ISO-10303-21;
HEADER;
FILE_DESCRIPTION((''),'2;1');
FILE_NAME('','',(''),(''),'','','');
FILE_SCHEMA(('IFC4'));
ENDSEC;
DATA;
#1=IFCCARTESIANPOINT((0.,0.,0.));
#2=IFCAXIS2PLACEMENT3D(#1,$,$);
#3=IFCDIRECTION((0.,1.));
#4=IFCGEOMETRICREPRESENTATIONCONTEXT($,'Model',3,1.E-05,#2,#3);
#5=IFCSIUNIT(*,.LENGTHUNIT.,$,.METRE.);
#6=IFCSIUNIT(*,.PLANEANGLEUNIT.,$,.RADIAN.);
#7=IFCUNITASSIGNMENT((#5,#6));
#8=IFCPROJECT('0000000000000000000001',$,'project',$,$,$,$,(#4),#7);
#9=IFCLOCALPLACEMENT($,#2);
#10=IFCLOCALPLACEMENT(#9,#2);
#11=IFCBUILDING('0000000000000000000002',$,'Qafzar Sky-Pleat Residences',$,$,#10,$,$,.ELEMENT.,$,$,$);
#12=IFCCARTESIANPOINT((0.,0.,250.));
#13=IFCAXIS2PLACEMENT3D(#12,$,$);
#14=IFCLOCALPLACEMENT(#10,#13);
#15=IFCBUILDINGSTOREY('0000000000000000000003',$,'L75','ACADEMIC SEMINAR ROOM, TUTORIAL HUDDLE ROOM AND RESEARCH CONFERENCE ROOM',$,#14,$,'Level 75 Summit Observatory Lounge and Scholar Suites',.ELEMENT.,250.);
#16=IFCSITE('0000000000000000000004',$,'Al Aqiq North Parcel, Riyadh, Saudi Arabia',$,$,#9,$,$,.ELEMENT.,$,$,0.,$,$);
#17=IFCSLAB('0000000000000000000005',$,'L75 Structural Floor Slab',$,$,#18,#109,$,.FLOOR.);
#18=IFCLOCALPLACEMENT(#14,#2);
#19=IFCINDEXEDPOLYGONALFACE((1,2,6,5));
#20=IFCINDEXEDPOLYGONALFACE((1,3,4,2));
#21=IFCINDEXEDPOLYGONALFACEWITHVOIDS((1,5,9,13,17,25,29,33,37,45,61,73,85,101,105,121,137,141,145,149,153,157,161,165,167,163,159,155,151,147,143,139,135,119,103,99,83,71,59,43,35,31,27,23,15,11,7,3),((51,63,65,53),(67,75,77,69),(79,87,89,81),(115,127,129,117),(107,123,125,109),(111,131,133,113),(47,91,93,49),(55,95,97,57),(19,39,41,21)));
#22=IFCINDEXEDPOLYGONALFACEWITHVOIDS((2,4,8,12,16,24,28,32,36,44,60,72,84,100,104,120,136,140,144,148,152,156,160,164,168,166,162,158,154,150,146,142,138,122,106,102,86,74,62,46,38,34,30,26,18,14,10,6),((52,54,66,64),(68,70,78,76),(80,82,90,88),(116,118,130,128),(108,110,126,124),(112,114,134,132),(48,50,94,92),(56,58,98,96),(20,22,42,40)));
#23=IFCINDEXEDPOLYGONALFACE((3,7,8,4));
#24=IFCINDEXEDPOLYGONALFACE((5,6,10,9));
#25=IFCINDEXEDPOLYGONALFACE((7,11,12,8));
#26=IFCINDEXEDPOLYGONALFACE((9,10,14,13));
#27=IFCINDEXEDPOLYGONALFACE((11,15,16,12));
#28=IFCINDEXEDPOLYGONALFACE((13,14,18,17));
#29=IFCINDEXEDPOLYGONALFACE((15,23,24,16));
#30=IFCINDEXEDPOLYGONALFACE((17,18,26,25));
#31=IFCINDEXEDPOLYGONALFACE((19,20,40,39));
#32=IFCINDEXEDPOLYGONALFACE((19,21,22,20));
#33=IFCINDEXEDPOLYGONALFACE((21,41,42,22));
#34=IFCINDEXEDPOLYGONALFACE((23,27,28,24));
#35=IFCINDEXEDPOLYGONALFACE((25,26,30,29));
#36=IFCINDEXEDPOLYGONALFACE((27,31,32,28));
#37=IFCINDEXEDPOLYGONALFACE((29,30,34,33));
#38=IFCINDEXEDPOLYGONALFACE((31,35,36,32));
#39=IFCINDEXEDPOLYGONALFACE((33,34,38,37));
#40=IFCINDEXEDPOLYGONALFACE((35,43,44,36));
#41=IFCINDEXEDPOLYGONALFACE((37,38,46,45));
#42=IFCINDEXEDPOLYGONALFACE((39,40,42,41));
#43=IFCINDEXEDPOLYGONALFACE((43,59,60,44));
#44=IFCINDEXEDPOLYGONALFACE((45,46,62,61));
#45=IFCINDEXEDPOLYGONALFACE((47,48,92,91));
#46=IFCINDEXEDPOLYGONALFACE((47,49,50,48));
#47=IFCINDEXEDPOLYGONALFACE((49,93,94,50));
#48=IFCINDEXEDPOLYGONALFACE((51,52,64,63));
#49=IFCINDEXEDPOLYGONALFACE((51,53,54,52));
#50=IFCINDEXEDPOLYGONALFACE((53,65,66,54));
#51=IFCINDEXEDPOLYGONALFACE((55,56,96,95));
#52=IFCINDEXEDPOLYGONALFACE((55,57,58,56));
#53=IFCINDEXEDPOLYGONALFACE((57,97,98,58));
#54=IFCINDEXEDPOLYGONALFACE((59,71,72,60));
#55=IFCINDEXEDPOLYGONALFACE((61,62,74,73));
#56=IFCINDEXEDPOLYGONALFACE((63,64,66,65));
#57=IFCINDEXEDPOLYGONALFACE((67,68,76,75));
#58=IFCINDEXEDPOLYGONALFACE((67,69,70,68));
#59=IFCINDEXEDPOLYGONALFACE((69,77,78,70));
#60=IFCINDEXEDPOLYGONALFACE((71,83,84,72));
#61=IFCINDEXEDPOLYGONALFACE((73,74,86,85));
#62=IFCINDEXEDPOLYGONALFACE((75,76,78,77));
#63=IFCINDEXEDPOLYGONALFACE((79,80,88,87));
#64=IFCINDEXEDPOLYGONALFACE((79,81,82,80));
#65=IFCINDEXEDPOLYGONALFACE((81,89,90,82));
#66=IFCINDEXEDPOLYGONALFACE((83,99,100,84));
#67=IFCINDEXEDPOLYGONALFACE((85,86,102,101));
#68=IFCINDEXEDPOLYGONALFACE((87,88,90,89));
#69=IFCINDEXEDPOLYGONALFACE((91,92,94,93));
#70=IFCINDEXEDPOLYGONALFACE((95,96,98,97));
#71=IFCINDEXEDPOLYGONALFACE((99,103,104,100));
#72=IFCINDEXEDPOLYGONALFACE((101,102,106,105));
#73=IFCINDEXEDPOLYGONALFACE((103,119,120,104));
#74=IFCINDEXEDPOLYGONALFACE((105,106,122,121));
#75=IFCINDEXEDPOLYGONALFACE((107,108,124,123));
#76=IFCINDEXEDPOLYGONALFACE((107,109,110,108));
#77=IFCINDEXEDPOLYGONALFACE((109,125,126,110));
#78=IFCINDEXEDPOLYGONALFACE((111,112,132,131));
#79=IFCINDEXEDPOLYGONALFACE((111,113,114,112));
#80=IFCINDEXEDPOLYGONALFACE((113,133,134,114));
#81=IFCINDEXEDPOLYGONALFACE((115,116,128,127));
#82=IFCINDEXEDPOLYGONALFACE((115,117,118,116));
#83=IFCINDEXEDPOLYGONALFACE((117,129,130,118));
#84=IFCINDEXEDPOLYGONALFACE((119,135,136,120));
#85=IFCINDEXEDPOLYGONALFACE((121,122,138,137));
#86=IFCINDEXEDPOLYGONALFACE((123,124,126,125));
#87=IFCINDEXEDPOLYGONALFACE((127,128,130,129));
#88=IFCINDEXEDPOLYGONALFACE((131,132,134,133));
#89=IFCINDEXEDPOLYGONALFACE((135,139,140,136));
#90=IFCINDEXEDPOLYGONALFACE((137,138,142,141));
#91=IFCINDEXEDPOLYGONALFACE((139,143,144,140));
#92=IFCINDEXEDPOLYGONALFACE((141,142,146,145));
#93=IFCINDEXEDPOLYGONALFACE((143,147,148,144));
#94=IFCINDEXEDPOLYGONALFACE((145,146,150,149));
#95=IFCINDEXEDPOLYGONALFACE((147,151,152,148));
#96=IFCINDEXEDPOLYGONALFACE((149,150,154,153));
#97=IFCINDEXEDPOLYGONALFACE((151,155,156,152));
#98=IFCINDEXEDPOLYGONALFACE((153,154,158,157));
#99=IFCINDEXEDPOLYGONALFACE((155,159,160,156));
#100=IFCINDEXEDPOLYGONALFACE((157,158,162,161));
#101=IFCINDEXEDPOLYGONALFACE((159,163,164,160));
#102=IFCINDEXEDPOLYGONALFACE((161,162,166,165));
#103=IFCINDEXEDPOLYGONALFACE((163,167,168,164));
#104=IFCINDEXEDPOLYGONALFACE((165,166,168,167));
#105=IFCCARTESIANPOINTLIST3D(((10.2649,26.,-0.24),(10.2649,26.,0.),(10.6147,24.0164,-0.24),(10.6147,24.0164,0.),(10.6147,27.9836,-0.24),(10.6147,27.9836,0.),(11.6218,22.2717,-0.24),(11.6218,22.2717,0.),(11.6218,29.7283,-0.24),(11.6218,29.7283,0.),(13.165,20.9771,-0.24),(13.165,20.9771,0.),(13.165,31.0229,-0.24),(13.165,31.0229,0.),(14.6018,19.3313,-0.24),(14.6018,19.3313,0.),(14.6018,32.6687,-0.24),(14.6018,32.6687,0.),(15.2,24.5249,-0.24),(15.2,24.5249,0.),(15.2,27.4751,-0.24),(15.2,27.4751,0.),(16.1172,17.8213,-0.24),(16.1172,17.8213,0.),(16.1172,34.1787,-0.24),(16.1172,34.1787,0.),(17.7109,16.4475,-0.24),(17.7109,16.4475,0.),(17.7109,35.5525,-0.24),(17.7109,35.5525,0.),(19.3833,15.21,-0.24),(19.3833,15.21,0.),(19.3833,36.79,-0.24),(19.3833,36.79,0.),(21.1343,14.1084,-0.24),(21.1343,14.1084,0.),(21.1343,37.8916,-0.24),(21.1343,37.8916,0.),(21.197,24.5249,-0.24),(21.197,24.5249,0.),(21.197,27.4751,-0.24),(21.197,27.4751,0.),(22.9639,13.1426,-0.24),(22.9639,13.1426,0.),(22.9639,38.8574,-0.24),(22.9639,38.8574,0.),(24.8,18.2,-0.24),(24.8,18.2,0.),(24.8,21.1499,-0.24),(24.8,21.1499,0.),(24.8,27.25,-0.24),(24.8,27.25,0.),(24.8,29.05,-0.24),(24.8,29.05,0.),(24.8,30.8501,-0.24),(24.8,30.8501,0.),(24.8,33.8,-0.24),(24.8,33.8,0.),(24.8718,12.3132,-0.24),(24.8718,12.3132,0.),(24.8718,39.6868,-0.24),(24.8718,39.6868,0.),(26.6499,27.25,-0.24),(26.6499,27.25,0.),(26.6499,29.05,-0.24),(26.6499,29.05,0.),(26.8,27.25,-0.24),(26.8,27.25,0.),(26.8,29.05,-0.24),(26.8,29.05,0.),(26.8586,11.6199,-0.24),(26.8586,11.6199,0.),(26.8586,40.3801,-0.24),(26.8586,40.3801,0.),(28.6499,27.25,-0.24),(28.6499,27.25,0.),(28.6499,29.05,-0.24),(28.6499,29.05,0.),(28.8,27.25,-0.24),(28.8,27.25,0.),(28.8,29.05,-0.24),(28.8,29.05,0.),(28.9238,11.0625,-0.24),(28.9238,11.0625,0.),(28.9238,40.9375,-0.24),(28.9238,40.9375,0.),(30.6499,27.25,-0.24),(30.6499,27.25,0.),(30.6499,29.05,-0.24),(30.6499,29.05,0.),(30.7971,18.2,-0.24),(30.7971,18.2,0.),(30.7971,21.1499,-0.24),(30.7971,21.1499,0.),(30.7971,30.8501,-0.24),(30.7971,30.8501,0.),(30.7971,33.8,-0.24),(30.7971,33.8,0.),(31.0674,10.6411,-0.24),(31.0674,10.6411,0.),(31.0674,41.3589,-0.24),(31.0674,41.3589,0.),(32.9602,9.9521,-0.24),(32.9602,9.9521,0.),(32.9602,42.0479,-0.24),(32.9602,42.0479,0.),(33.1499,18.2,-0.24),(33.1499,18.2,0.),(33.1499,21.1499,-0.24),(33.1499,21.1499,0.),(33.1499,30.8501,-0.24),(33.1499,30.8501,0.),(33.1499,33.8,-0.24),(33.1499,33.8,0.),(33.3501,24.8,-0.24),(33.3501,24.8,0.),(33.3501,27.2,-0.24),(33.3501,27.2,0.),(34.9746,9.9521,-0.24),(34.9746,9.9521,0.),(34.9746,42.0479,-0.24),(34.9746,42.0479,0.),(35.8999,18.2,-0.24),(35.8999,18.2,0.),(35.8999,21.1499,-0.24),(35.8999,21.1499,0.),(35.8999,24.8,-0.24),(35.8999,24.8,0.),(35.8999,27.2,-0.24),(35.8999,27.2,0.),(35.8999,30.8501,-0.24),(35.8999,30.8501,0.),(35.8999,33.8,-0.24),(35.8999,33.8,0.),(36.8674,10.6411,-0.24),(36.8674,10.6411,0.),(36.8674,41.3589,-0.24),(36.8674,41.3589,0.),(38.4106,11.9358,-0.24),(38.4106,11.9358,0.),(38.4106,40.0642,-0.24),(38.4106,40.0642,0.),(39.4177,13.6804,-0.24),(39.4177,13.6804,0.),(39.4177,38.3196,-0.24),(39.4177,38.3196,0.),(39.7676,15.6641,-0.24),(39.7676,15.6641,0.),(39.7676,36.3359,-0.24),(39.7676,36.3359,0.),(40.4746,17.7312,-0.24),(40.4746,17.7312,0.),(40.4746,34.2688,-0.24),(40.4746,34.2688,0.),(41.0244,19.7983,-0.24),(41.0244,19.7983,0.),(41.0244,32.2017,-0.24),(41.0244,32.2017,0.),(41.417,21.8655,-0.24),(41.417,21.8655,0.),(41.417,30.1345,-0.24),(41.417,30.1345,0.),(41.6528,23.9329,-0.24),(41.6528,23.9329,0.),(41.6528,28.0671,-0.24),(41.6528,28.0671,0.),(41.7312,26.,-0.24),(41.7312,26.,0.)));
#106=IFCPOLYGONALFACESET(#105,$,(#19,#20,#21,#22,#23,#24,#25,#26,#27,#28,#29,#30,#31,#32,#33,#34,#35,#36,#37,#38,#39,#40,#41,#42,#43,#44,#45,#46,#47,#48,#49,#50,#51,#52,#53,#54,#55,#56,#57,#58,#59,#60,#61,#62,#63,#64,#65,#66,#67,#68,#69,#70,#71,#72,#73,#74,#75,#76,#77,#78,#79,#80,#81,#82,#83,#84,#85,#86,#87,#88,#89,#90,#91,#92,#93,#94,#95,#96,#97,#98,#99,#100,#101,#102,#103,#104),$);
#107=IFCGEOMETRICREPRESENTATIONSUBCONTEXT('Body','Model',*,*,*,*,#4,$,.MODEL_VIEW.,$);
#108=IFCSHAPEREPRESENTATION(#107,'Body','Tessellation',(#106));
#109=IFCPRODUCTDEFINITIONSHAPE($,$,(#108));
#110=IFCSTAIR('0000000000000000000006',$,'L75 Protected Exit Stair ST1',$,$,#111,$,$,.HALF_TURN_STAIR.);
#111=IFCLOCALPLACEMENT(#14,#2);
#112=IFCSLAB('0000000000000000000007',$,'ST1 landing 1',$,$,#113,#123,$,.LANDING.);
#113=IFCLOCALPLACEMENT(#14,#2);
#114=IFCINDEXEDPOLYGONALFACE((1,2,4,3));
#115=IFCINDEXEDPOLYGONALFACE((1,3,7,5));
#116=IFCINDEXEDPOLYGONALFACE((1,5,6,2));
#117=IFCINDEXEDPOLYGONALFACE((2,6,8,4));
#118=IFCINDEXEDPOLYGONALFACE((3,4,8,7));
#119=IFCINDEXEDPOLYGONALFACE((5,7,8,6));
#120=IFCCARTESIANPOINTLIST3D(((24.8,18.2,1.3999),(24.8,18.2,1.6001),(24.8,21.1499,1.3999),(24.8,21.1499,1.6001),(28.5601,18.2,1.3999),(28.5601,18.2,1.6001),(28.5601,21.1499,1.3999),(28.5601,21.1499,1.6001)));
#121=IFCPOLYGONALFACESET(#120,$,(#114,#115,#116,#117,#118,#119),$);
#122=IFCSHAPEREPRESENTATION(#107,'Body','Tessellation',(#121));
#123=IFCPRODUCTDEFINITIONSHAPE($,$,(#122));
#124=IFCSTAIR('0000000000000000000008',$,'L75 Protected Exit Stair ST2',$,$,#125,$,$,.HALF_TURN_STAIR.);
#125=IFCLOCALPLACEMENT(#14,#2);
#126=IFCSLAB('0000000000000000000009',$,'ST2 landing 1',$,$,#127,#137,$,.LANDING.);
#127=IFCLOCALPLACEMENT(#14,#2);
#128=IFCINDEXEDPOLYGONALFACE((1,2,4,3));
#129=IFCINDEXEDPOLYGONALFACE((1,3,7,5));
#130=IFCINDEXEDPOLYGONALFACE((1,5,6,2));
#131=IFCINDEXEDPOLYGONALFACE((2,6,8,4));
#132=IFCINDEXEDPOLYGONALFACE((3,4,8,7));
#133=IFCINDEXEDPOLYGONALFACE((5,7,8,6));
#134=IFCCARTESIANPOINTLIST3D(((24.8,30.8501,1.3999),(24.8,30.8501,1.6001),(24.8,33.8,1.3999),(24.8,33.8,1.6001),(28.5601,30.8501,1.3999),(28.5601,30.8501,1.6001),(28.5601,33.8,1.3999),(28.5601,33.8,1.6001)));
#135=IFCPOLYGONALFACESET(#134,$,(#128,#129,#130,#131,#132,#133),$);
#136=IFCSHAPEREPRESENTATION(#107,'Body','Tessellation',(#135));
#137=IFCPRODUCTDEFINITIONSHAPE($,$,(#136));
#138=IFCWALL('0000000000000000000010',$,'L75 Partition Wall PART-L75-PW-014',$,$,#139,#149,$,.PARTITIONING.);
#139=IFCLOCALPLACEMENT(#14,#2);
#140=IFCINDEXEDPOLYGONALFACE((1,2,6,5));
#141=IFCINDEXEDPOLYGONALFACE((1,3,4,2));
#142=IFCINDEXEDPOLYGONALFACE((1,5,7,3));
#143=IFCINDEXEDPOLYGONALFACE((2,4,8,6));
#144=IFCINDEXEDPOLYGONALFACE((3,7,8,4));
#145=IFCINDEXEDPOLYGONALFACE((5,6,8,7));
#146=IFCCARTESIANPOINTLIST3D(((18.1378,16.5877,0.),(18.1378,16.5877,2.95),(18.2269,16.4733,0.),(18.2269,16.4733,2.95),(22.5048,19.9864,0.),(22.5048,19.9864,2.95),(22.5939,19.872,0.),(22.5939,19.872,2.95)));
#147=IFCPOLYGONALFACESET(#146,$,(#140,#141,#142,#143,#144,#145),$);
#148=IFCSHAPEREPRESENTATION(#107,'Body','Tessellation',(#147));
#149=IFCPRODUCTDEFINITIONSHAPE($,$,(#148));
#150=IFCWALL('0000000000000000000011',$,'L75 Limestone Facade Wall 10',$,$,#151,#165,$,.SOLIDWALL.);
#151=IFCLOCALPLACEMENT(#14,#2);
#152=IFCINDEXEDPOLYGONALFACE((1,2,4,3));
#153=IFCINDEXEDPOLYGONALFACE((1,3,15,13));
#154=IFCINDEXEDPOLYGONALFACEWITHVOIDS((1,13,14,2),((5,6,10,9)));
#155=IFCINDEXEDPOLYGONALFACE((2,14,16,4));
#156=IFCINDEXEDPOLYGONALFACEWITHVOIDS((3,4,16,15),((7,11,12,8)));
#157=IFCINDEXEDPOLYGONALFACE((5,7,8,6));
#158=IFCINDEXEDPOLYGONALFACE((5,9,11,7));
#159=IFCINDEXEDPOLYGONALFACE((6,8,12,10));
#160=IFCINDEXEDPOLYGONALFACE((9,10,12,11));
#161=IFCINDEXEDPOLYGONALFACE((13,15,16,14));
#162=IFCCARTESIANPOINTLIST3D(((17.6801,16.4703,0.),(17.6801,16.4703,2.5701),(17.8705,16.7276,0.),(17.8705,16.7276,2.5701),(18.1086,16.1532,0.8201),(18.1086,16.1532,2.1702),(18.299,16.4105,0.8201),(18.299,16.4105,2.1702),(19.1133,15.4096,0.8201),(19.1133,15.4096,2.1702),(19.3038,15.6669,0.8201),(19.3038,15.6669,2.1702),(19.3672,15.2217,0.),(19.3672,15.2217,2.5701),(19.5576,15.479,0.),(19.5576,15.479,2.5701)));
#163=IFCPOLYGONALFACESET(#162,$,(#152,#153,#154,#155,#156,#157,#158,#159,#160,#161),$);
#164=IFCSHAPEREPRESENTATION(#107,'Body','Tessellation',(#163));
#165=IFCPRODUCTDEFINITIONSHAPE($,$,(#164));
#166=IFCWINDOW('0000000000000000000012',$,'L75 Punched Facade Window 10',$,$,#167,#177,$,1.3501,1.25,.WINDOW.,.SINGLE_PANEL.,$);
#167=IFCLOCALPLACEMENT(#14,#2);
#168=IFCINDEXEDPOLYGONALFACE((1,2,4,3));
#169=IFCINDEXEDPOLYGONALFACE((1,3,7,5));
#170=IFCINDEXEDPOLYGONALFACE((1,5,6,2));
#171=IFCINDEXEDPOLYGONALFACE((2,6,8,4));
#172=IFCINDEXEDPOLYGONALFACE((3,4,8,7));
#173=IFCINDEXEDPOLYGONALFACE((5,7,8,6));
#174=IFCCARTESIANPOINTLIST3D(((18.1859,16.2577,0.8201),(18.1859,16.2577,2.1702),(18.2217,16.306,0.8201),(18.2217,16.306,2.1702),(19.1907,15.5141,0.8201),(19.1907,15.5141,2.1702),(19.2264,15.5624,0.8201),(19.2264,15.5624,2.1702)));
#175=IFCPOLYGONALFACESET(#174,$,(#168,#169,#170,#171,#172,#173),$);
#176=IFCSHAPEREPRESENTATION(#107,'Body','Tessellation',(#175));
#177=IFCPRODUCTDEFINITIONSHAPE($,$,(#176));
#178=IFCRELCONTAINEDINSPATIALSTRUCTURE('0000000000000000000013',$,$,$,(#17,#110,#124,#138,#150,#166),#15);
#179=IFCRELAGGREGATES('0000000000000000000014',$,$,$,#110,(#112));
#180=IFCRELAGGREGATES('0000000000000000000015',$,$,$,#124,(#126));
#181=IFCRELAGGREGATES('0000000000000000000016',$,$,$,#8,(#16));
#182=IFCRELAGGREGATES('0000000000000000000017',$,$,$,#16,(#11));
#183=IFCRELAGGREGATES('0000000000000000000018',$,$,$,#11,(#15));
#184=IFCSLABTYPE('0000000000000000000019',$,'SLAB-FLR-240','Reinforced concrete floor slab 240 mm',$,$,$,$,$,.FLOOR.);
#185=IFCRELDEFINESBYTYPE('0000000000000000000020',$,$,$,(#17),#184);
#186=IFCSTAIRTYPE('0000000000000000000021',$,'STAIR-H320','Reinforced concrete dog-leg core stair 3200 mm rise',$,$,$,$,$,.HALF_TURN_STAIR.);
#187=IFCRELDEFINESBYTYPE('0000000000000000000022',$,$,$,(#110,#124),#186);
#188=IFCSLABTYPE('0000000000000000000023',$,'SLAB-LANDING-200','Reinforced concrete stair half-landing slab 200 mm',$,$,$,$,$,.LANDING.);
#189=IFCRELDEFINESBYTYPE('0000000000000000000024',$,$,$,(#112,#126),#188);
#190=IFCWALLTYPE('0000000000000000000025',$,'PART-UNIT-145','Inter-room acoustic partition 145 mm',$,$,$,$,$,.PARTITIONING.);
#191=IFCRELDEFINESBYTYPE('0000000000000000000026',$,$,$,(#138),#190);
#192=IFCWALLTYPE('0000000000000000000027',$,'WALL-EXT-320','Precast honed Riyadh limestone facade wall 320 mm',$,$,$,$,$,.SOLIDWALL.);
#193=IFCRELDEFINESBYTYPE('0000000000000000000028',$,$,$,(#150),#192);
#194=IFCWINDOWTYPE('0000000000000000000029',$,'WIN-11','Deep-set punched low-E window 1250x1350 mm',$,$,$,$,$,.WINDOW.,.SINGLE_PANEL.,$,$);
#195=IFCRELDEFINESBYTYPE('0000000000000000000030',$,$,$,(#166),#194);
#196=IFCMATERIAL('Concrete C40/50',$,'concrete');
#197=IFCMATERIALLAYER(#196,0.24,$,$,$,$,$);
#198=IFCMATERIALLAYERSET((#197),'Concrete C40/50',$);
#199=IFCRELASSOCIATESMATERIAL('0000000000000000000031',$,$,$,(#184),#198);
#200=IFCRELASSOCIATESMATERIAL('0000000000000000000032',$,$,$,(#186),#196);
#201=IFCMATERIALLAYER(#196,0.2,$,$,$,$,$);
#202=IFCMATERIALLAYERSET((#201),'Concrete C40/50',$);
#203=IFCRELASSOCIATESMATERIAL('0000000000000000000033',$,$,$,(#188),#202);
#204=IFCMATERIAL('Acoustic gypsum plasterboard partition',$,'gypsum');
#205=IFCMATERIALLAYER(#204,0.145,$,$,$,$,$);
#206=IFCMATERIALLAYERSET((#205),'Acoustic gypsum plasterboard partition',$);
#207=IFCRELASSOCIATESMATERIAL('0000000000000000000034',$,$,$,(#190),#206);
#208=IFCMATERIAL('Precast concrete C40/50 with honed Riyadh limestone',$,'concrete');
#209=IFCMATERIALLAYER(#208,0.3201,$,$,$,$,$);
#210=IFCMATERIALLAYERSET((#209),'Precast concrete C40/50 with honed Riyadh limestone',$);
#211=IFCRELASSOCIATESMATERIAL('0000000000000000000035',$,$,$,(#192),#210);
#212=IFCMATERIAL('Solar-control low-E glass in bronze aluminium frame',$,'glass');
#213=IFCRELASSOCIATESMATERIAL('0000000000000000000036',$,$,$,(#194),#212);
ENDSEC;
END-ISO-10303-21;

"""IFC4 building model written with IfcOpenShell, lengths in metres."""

from ifc_helpers import new_model, si_unit, direction, frame, frame_2d, origin, place, context, subcontext, project, spatial, polyline, rectangle, outline, extrude, source, transform, mapped, material, layer, layer_set, type_object, element, fill, aggregate, save


model = new_model("IFC4")

# Units and contexts
model_context = context("Model", 3, precision=1e-05, world=origin(), true_north=direction((0.0, 1.0)))
body_context = subcontext(model_context, "Body", "Model", "MODEL_VIEW")
ifc_project = project(units=[si_unit("LENGTHUNIT", "METRE"), si_unit("PLANEANGLEUNIT", "RADIAN")], contexts=[model_context])

# Site, building, storey
site_placement = place(None, origin())
site = spatial("IfcSite", under=ifc_project, at=site_placement, Name="Al Aqiq North Parcel, Riyadh, Saudi Arabia", CompositionType="ELEMENT", RefElevation=0.0)
building_placement = place(site_placement, origin())
building = spatial("IfcBuilding", under=site, at=building_placement, Name="Qafzar Sky-Pleat Residences", CompositionType="ELEMENT")
storey_placement = place(building_placement, frame((0.0, 0.0, 250.0)))
storey = spatial("IfcBuildingStorey", under=building, at=storey_placement, Name="L75", Description="ACADEMIC SEMINAR ROOM, TUTORIAL HUDDLE ROOM AND RESEARCH CONFERENCE ROOM", LongName="Level 75 Summit Observatory Lounge and Scholar Suites", CompositionType="ELEMENT", Elevation=250.0)

# Slab
ifc_material_1 = material(Name="Concrete C40/50", Category="concrete")
ifc_layer_1 = layer(ifc_material_1, 0.24)
ifc_layer_set_1 = layer_set([ifc_layer_1], Name="Concrete C40/50")
slab_type_1 = type_object("IfcSlabType", Name="SLAB-FLR-240", Description="Reinforced concrete floor slab 240 mm", PredefinedType="FLOOR", material=ifc_layer_set_1)
slab_1_placement = place(storey_placement, frame((0.0, 0.0, -0.24)))
element("IfcSlab", 1, at=slab_1_placement, inside=storey, type_object=slab_type_1, Name="L75 Structural Floor Slab", PredefinedType="FLOOR", context=body_context, shape_type="SweptSolid", body=[
    extrude(outline(polyline([(13.165, 31.0229), (11.6218, 29.7283), (10.6147, 27.9836), (10.2649, 26.0), (10.6147, 24.0164), (11.6218, 22.2717), (13.165, 20.9771), (14.6018, 19.3313), (16.1172, 17.8213), (17.7109, 16.4475), (19.3833, 15.21), (21.1343, 14.1084), (22.9639, 13.1426), (24.8718, 12.3132), (26.8586, 11.6199), (28.9238, 11.0625), (31.0674, 10.6411), (32.9602, 9.9521), (34.9746, 9.9521), (36.8674, 10.6411), (38.4106, 11.9358), (39.4177, 13.6804), (39.7676, 15.6641), (40.4746, 17.7312), (41.0244, 19.7983), (41.417, 21.8655), (41.6528, 23.9329), (41.7312, 26.0), (41.6528, 28.0671), (41.417, 30.1345), (41.0244, 32.2017), (40.4746, 34.2688), (39.7676, 36.3359), (39.4177, 38.3196), (38.4106, 40.0642), (36.8674, 41.3589), (34.9746, 42.0479), (32.9602, 42.0479), (31.0674, 41.3589), (28.9238, 40.9375), (26.8586, 40.3801), (24.8718, 39.6868), (22.9639, 38.8574), (21.1343, 37.8916), (19.3833, 36.79), (17.7109, 35.5525), (16.1172, 34.1787), (14.6018, 32.6687), (13.165, 31.0229)]), holes=[polyline([(30.7971, 21.1499), (24.8, 21.1499), (24.8, 18.2), (30.7971, 18.2), (30.7971, 21.1499)]), polyline([(30.7971, 33.8), (24.8, 33.8), (24.8, 30.8501), (30.7971, 30.8501), (30.7971, 33.8)]), polyline([(21.197, 27.4751), (15.2, 27.4751), (15.2, 24.5249), (21.197, 24.5249), (21.197, 27.4751)]), polyline([(24.8, 27.25), (26.6499, 27.25), (26.6499, 29.05), (24.8, 29.05), (24.8, 27.25)]), polyline([(26.8, 27.25), (28.6499, 27.25), (28.6499, 29.05), (26.8, 29.05), (26.8, 27.25)]), polyline([(28.8, 27.25), (30.6499, 27.25), (30.6499, 29.05), (28.8, 29.05), (28.8, 27.25)]), polyline([(33.1499, 18.2), (35.8999, 18.2), (35.8999, 21.1499), (33.1499, 21.1499), (33.1499, 18.2)]), polyline([(33.1499, 30.8501), (35.8999, 30.8501), (35.8999, 33.8), (33.1499, 33.8), (33.1499, 30.8501)]), polyline([(33.3501, 24.8), (35.8999, 24.8), (35.8999, 27.2), (33.3501, 27.2), (33.3501, 24.8)])]), origin(), (0.0, 0.0, 1.0), 0.24),
])

# Stairs, slabs
stair_type = type_object("IfcStairType", Name="STAIR-H320", Description="Reinforced concrete dog-leg core stair 3200 mm rise", PredefinedType="HALF_TURN_STAIR", material=ifc_material_1)
stair_1_placement = place(storey_placement, origin())
stair_1 = element("IfcStair", 2, at=stair_1_placement, inside=storey, type_object=stair_type, Name="L75 Protected Exit Stair ST1", PredefinedType="HALF_TURN_STAIR")
ifc_layer_2 = layer(ifc_material_1, 0.2)
ifc_layer_set_2 = layer_set([ifc_layer_2], Name="Concrete C40/50")
slab_type_2 = type_object("IfcSlabType", Name="SLAB-LANDING-200", Description="Reinforced concrete stair half-landing slab 200 mm", PredefinedType="LANDING", material=ifc_layer_set_2)
slab_2_placement = place(storey_placement, frame((0.0, 0.0, 1.3999)))
slab_2 = element("IfcSlab", 3, at=slab_2_placement, type_object=slab_type_2, Name="ST1 landing 1", PredefinedType="LANDING", context=body_context, shape_type="SweptSolid", body=[
    extrude(outline(polyline([(28.5601, 21.1499), (24.8, 21.1499), (24.8, 18.2), (28.5601, 18.2), (28.5601, 21.1499)])), origin(), (0.0, 0.0, 1.0), 0.2002),
])
aggregate(stair_1, [slab_2])
stair_2_placement = place(storey_placement, origin())
stair_2 = element("IfcStair", 4, at=stair_2_placement, inside=storey, type_object=stair_type, Name="L75 Protected Exit Stair ST2", PredefinedType="HALF_TURN_STAIR")
slab_3_placement = place(storey_placement, frame((0.0, 0.0, 1.3999)))
slab_3 = element("IfcSlab", 5, at=slab_3_placement, type_object=slab_type_2, Name="ST2 landing 1", PredefinedType="LANDING", context=body_context, shape_type="SweptSolid", body=[
    extrude(outline(polyline([(28.5601, 33.8), (24.8, 33.8), (24.8, 30.8501), (28.5601, 30.8501), (28.5601, 33.8)])), origin(), (0.0, 0.0, 1.0), 0.2002),
])
aggregate(stair_2, [slab_3])

# Wall
ifc_material_2 = material(Name="Acoustic gypsum plasterboard partition", Category="gypsum")
ifc_layer_3 = layer(ifc_material_2, 0.145)
ifc_layer_set_3 = layer_set([ifc_layer_3], Name="Acoustic gypsum plasterboard partition")
wall_type_1 = type_object("IfcWallType", Name="PART-UNIT-145", Description="Inter-room acoustic partition 145 mm", PredefinedType="PARTITIONING", material=ifc_layer_set_3)
wall_1_placement = place(storey_placement, frame((18.1824, 16.5305, 0.0), z_axis=(0.0, 0.0, 1.0), x_axis=(0.789162, 0.614185, 0.0)))
element("IfcWall", 6, at=wall_1_placement, inside=storey, type_object=wall_type_1, Name="L75 Partition Wall PART-L75-PW-014", PredefinedType="PARTITIONING", context=body_context, shape_type="SweptSolid", body=[
    extrude(rectangle(XDim=5.5337, YDim=0.145, at=frame_2d((2.7668, 0.0))), origin(), (0.0, 0.0, 1.0), 2.95),
])

# Wall, opening, window
ifc_material_3 = material(Name="Precast concrete C40/50 with honed Riyadh limestone", Category="concrete")
ifc_layer_4 = layer(ifc_material_3, 0.3201)
ifc_layer_set_4 = layer_set([ifc_layer_4], Name="Precast concrete C40/50 with honed Riyadh limestone")
wall_type_2 = type_object("IfcWallType", Name="WALL-EXT-320", Description="Precast honed Riyadh limestone facade wall 320 mm", PredefinedType="SOLIDWALL", material=ifc_layer_set_4)
wall_2_placement = place(storey_placement, frame((17.7754, 16.5989, 0.0), z_axis=(0.0, 0.0, 1.0), x_axis=(0.803809, -0.594888, 0.0)))
wall_2 = element("IfcWall", 7, at=wall_2_placement, inside=storey, type_object=wall_type_2, Name="L75 Limestone Facade Wall 10", PredefinedType="SOLIDWALL", context=body_context, shape_type="SweptSolid", body=[
    extrude(rectangle(XDim=2.0989, YDim=0.3201, at=frame_2d((1.0493, 0.0))), origin(), (0.0, 0.0, 1.0), 2.5701),
])
opening_placement = place(wall_2_placement, frame((0.533, 0.0, 0.8201)))
opening = element("IfcOpeningElement", 8, at=opening_placement, cuts=wall_2, PredefinedType="OPENING", context=body_context, shape_type="SweptSolid", body=[
    extrude(rectangle(XDim=1.25, YDim=1.3501, at=frame_2d((0.625, 0.675))), frame((0.0, 0.1699, 0.0), z_axis=(0.0, -1.0, 0.0), x_axis=(1.0, 0.0, 0.0)), (0.0, 0.0, 1.0), 0.3401),
])
ifc_material_4 = material(Name="Solar-control low-E glass in bronze aluminium frame", Category="glass")
window_type = type_object("IfcWindowType", Name="WIN-11", Description="Deep-set punched low-E window 1250x1350 mm", PartitioningType="SINGLE_PANEL", PredefinedType="WINDOW", material=ifc_material_4)
shared_shape_1 = source(origin(), body_context, "Body", "SweptSolid", [
    extrude(rectangle(XDim=1.25, YDim=1.3501, at=frame_2d((0.625, 0.675))), frame((0.0, 0.03, 0.0), z_axis=(0.0, -1.0, 0.0), x_axis=(1.0, 0.0, 0.0)), (0.0, 0.0, 1.0), 0.0601),
])
window_placement = place(opening_placement, origin())
window = element("IfcWindow", 9, at=window_placement, inside=storey, type_object=window_type, Name="L75 Punched Facade Window 10", OverallHeight=1.3501, OverallWidth=1.25, PartitioningType="SINGLE_PANEL", PredefinedType="WINDOW", context=body_context, shape_type="MappedRepresentation", body=[
    mapped(shared_shape_1, transform((0.0, 0.0, 0.0), x_axis=(1.0, 0.0, 0.0), y_axis=(0.0, 1.0, 0.0), z_axis=(0.0, 0.0, 1.0), scale=1.0)),
])
fill(opening, window)

save(model, "model.ifc")
